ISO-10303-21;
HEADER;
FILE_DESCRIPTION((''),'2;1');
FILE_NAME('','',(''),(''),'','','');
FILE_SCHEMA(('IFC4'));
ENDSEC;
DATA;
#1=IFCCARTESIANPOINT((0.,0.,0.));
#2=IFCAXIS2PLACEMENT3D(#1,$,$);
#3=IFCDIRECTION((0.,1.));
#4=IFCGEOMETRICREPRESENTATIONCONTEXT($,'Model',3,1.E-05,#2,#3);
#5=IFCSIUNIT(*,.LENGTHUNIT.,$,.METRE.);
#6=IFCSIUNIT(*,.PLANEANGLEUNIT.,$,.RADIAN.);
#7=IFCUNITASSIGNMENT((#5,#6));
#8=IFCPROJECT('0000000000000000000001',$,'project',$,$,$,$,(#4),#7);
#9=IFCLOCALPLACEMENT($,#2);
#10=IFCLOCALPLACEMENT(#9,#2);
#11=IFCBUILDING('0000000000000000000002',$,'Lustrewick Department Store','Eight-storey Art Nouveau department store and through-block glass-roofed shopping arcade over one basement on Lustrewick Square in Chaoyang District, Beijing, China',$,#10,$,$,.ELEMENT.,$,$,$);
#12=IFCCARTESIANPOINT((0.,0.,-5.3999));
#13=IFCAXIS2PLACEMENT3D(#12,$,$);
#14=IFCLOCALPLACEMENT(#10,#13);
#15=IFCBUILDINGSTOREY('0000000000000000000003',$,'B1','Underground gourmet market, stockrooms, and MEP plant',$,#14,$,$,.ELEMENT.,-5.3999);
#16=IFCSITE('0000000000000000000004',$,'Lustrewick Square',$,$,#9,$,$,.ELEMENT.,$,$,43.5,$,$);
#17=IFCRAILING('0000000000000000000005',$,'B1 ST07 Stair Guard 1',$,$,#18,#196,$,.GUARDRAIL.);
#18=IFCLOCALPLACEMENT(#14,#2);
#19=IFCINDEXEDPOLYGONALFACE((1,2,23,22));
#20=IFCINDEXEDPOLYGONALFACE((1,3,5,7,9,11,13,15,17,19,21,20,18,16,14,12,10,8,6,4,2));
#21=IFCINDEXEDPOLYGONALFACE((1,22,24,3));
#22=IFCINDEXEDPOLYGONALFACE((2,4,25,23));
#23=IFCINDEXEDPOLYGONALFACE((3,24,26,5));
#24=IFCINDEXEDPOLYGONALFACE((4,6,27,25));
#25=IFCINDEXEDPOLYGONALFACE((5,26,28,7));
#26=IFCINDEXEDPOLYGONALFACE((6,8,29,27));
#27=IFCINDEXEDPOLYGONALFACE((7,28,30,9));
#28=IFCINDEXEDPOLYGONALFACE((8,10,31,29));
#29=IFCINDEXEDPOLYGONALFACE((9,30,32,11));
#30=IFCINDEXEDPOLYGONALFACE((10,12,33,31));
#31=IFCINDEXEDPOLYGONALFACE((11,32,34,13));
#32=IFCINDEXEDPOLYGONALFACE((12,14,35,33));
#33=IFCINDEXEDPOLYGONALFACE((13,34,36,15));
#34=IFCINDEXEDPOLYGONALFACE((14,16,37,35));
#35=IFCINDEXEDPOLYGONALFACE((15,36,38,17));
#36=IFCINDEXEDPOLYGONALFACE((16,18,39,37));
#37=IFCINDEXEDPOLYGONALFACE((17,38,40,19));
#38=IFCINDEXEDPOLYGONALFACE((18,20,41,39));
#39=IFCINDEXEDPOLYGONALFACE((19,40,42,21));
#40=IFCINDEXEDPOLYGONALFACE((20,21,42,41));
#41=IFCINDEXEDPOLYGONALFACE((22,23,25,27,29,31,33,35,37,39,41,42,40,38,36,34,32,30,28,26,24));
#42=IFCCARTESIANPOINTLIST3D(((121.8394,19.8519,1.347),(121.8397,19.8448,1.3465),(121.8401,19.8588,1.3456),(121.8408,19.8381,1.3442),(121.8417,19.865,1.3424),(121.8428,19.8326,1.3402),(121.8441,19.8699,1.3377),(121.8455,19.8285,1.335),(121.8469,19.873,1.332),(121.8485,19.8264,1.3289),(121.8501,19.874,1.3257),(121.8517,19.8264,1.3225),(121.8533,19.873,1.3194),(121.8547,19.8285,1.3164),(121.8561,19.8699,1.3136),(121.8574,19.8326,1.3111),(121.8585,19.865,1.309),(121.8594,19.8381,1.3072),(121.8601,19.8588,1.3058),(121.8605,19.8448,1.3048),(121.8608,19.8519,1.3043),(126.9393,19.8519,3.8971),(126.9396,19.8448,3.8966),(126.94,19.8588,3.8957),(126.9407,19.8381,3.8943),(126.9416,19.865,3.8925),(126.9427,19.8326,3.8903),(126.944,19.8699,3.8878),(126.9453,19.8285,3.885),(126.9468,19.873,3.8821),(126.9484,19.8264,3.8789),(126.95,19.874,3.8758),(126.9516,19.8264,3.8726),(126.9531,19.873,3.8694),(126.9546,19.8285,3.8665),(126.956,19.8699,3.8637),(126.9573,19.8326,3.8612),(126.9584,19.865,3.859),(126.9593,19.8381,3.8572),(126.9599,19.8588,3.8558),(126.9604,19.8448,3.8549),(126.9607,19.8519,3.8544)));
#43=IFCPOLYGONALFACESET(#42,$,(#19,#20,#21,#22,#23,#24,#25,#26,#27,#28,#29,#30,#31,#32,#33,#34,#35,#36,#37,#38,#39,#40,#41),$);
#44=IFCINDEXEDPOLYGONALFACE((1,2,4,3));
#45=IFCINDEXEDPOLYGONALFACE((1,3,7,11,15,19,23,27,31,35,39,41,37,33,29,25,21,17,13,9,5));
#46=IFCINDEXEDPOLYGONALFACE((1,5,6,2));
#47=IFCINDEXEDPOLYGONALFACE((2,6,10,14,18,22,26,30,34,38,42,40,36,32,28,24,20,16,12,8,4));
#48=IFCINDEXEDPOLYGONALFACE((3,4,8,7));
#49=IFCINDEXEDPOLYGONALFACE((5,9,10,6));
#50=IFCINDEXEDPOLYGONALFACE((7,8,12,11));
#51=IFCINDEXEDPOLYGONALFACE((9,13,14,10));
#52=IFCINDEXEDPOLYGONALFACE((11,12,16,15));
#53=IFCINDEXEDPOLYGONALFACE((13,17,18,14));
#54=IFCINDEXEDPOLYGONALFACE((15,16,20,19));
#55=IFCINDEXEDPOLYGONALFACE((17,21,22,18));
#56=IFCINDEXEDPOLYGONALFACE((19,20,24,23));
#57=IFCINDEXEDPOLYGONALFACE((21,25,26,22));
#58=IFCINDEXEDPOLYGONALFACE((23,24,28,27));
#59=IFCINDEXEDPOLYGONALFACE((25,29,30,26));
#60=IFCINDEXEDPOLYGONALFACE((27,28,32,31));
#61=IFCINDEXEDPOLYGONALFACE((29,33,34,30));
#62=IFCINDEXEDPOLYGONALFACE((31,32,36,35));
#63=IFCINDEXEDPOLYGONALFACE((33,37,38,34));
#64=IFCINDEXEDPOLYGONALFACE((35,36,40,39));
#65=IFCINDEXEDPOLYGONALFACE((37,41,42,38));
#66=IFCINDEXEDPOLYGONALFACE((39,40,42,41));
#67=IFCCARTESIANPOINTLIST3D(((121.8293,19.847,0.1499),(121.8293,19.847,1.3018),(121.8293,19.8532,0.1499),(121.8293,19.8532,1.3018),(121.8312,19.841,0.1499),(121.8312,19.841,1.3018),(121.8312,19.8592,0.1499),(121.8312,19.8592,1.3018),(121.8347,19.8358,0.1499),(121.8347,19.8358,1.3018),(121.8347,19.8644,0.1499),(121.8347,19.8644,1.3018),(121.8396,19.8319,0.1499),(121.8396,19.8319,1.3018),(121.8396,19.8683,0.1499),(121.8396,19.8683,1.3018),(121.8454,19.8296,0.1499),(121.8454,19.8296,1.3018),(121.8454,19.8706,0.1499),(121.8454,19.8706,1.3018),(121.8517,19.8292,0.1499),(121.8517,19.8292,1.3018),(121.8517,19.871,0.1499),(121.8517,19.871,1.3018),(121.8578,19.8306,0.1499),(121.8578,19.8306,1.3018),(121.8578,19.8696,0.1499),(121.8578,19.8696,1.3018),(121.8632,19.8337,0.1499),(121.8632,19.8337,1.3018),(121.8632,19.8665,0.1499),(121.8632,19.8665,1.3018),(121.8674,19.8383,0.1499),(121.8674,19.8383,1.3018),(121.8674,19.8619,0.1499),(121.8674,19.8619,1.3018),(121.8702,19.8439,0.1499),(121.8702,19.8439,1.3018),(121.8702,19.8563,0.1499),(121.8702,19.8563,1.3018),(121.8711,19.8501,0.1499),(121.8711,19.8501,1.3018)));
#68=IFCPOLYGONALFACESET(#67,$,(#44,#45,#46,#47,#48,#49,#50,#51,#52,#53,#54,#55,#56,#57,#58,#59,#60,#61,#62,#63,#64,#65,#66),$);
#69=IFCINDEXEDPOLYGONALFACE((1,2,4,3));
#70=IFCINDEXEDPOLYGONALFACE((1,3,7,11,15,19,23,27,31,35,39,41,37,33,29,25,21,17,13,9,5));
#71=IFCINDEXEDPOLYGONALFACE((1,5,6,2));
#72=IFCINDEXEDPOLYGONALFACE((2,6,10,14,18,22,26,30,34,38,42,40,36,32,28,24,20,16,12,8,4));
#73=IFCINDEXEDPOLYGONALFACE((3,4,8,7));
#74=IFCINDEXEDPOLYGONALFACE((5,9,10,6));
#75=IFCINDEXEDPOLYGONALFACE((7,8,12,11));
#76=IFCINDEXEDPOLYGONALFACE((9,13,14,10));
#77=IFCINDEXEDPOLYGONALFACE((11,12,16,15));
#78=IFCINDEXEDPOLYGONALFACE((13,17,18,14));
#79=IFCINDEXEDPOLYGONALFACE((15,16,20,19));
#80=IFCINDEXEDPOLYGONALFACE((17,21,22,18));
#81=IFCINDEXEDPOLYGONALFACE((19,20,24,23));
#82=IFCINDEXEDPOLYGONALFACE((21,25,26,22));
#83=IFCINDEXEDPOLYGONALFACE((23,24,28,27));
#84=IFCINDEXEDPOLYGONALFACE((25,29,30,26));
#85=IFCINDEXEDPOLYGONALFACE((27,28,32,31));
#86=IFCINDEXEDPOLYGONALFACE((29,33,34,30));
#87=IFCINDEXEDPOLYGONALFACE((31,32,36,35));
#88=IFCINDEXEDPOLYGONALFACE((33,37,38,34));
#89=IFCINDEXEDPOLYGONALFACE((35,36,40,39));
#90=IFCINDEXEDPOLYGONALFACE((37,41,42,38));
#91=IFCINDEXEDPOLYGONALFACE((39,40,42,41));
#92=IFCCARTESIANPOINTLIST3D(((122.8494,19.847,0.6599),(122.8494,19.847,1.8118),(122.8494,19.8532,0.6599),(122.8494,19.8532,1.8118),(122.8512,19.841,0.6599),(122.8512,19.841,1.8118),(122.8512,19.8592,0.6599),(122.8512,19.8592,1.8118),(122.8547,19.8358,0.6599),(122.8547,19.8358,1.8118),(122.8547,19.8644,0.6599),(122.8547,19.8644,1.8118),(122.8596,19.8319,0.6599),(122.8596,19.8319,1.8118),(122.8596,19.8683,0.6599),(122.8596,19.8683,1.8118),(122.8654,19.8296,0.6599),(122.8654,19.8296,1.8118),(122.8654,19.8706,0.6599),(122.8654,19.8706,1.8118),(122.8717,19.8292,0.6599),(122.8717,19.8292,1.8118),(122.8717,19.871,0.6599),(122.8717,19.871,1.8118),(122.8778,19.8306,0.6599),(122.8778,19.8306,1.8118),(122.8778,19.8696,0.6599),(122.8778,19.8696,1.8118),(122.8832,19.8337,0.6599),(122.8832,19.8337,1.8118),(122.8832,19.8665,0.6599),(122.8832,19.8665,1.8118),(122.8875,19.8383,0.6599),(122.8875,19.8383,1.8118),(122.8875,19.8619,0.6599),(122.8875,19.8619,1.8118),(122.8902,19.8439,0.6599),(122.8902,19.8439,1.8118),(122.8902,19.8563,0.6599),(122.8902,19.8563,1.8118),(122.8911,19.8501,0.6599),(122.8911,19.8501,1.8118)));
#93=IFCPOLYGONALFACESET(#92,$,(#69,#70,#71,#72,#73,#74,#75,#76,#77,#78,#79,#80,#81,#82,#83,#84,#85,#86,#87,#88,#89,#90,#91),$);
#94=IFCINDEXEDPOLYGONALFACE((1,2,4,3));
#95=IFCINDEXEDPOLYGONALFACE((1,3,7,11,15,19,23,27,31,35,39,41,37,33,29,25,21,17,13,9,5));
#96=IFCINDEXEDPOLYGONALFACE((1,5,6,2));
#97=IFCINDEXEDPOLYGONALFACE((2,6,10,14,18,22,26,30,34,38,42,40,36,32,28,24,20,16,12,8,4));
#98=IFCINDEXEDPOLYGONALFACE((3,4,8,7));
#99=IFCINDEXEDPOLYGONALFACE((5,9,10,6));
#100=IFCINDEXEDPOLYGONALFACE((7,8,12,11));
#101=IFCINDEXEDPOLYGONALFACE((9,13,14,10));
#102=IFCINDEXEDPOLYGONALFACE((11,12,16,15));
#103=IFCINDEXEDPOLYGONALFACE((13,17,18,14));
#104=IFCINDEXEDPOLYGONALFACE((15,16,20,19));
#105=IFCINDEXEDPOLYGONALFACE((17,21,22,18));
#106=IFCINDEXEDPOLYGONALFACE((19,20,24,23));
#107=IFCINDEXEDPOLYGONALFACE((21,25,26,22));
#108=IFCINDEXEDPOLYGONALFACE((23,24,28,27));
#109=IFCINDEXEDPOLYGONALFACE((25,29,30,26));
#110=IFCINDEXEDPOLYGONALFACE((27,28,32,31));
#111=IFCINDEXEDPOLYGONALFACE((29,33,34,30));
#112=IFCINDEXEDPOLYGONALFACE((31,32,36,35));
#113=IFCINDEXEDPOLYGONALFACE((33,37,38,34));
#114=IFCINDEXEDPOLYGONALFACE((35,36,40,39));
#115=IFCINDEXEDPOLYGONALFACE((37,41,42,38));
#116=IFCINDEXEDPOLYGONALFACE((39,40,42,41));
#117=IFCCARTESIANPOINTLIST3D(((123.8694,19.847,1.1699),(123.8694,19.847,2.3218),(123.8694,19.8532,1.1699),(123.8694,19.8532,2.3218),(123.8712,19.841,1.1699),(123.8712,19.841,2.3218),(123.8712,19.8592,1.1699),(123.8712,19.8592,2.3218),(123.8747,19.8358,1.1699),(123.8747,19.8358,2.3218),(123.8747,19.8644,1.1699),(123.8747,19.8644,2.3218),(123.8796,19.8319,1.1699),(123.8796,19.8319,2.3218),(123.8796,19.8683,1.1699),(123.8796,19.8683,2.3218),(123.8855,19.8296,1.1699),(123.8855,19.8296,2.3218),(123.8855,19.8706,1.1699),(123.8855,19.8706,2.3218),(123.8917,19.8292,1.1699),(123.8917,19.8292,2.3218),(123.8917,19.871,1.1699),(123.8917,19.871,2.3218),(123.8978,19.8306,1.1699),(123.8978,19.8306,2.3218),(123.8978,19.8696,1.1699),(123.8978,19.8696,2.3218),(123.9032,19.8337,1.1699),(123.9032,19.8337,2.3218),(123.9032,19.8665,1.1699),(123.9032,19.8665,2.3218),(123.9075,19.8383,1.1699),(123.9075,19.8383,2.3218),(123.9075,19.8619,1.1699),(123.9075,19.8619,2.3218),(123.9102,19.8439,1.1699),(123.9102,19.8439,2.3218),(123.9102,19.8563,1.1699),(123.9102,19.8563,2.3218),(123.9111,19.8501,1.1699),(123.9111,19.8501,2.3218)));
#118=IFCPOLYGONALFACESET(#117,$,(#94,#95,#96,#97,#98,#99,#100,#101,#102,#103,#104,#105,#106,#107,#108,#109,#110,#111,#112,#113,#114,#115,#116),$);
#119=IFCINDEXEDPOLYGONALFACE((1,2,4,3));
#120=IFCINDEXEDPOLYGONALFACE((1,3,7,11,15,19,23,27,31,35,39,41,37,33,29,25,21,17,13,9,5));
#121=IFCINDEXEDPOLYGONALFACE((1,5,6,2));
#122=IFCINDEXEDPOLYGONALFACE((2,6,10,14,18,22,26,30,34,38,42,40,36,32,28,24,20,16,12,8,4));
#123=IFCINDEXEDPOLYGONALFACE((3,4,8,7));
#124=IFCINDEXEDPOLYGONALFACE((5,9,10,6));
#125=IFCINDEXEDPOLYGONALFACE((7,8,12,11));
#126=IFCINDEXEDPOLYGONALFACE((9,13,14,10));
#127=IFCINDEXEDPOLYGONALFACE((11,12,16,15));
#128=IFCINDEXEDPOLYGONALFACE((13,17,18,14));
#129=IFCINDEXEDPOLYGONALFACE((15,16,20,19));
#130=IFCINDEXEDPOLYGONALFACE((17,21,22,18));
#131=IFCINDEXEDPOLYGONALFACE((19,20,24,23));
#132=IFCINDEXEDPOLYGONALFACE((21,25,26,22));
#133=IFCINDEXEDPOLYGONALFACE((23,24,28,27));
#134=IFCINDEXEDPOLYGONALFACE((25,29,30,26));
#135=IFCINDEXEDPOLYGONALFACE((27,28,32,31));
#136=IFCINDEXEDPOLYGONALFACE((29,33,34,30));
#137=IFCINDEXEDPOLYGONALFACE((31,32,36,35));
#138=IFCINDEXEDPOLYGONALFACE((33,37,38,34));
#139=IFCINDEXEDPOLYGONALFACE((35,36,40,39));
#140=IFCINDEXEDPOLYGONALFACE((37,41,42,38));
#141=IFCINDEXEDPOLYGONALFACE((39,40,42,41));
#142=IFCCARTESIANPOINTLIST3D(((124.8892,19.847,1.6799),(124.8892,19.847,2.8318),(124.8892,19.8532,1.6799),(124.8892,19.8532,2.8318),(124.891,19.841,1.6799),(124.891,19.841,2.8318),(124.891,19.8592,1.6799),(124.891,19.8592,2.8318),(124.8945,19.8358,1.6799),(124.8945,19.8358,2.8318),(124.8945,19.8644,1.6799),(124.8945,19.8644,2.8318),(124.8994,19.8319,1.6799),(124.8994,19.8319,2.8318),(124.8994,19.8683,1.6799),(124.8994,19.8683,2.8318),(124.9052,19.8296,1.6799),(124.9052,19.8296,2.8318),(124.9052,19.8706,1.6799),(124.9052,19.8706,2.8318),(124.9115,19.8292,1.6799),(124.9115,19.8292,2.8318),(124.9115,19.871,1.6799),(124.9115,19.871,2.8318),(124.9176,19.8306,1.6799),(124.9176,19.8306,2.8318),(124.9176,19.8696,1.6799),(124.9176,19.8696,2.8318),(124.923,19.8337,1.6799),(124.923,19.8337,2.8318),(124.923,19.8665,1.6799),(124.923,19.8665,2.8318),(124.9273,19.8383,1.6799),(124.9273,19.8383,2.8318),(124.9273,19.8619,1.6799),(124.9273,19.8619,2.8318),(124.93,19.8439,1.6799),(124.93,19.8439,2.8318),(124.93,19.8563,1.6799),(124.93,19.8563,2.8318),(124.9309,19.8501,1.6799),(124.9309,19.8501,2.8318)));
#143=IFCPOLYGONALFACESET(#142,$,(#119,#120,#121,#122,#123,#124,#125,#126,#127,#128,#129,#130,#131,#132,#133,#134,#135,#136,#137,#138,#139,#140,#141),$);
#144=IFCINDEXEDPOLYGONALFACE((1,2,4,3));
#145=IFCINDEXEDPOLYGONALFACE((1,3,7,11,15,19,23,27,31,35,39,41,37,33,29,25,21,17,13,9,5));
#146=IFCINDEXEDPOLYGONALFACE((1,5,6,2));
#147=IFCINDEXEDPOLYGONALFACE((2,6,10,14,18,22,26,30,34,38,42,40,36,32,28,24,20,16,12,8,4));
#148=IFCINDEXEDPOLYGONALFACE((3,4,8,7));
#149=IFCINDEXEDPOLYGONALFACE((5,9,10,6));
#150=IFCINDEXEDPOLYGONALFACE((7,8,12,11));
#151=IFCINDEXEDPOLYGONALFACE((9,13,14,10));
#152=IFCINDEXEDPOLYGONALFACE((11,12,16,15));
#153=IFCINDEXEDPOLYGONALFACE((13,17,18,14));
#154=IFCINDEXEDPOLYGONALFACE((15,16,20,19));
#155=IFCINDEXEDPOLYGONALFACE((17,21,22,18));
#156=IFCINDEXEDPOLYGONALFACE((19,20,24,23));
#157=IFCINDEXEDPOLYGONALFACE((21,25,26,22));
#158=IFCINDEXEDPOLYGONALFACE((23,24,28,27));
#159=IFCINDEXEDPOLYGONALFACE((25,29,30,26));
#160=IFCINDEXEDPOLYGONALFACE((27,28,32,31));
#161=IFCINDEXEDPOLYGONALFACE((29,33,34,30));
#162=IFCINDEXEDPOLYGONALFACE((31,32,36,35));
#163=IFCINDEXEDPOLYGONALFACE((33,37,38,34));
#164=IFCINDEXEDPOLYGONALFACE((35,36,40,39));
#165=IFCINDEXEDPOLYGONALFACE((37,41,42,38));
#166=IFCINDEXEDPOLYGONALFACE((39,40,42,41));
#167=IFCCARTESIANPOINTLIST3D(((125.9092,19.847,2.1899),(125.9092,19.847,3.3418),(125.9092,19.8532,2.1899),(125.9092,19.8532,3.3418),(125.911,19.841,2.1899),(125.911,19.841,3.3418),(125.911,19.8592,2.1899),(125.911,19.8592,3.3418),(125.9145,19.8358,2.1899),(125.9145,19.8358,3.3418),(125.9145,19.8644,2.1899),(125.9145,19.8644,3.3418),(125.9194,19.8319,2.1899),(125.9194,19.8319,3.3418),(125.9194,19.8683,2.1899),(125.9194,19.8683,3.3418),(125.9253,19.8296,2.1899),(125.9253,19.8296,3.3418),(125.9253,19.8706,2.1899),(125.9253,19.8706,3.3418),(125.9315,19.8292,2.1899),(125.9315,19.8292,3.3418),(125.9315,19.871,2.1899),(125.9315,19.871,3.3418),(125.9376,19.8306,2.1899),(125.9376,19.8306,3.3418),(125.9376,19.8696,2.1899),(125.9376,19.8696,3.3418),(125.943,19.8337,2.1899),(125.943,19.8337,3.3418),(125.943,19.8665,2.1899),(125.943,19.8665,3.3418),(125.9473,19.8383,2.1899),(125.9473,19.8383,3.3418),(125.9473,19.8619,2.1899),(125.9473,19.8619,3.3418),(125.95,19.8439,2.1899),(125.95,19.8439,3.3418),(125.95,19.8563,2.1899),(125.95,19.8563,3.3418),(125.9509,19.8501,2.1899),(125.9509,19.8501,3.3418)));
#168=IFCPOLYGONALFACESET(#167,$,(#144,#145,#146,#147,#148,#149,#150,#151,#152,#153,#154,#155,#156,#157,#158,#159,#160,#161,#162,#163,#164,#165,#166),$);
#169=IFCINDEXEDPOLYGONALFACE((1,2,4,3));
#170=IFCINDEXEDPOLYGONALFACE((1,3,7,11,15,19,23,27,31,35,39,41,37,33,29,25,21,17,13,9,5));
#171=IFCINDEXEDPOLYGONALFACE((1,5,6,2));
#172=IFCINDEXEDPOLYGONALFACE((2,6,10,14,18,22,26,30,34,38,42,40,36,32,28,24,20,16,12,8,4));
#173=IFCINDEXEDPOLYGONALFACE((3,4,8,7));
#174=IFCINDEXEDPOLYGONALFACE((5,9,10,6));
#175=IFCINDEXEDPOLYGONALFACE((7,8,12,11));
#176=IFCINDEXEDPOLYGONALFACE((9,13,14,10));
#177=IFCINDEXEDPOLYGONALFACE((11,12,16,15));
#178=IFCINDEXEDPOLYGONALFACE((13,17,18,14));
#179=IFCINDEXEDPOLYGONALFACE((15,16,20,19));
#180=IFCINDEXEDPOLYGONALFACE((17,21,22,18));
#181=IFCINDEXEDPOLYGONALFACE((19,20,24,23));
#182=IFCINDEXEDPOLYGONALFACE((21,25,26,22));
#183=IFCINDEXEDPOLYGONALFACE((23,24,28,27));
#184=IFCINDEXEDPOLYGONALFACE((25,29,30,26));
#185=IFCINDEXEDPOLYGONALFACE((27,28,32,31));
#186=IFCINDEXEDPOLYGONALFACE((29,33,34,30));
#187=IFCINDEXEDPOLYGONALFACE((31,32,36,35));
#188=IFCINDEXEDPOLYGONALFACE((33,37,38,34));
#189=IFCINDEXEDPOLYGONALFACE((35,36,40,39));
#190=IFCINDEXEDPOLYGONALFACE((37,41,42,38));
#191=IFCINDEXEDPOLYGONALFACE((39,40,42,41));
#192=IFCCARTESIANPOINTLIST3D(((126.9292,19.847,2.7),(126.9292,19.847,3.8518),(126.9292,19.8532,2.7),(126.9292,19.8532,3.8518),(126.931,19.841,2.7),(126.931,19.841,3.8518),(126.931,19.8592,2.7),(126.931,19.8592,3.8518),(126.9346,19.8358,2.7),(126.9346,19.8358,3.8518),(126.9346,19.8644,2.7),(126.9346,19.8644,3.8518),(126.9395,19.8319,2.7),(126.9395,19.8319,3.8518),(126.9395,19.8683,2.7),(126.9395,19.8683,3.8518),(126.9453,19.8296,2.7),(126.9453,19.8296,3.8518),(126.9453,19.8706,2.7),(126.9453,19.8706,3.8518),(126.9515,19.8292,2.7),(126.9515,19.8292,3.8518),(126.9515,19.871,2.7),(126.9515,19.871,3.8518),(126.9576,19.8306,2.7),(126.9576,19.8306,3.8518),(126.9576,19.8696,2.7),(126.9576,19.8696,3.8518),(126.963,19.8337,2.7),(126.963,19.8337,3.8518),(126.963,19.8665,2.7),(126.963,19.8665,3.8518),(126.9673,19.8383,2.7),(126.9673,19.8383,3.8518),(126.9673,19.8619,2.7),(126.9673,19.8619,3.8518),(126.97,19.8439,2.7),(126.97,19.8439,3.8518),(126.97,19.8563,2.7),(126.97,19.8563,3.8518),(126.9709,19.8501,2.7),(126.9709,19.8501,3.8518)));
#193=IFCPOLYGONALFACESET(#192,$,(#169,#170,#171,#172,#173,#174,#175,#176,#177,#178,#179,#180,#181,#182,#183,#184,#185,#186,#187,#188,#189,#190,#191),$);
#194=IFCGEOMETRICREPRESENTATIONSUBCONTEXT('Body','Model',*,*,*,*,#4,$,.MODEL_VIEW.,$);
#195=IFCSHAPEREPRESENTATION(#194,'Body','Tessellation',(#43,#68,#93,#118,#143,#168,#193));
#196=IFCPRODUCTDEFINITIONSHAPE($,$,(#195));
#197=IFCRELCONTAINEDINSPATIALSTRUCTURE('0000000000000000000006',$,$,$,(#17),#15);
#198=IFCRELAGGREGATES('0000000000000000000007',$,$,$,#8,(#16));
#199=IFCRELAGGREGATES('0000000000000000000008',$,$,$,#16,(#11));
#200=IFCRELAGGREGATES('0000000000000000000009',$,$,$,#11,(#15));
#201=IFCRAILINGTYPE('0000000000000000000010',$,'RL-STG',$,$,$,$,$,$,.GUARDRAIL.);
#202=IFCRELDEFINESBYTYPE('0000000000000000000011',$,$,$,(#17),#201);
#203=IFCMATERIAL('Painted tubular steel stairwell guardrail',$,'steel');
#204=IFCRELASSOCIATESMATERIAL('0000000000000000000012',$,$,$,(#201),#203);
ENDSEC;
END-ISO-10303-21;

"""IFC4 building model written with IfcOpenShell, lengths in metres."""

from ifc_helpers import new_model, si_unit, direction, frame, origin, origin_2d, place, context, subcontext, project, spatial, circle, extrude, material, type_object, element, save


model = new_model("IFC4")

# Units and contexts
model_context = context("Model", 3, precision=1e-05, world=origin(), true_north=direction((0.0, 1.0)))
body_context = subcontext(model_context, "Body", "Model", "MODEL_VIEW")
ifc_project = project(units=[si_unit("LENGTHUNIT", "METRE"), si_unit("PLANEANGLEUNIT", "RADIAN")], contexts=[model_context])

# Site, building, storey
site_placement = place(None, origin())
site = spatial("IfcSite", under=ifc_project, at=site_placement, Name="Lustrewick Square", CompositionType="ELEMENT", RefElevation=43.5)
building_placement = place(site_placement, origin())
building = spatial("IfcBuilding", under=site, at=building_placement, Name="Lustrewick Department Store", Description="Eight-storey Art Nouveau department store and through-block glass-roofed shopping arcade over one basement on Lustrewick Square in Chaoyang District, Beijing, China", CompositionType="ELEMENT")
storey_placement = place(building_placement, frame((0.0, 0.0, -5.3999)))
storey = spatial("IfcBuildingStorey", under=building, at=storey_placement, Name="B1", Description="Underground gourmet market, stockrooms, and MEP plant", CompositionType="ELEMENT", Elevation=-5.3999)

# Railing
ifc_material_1 = material(Name="Painted tubular steel stairwell guardrail", Category="steel")
railing_type_1 = type_object("IfcRailingType", Name="RL-STG", PredefinedType="GUARDRAIL", material=ifc_material_1)
railing_1_placement = place(storey_placement, frame((121.8501, 19.8501, 0.1499)))
element("IfcRailing", 1, at=railing_1_placement, inside=storey, type_object=railing_type_1, Name="B1 ST07 Stair Guard 1", PredefinedType="GUARDRAIL", context=body_context, shape_type="SweptSolid", body=[
    extrude(circle(Radius=0.0239, at=origin_2d()), frame((0.0, 0.0, 1.1758), z_axis=(0.894419, 0.0, 0.447231), x_axis=(0.0, 1.0, 0.0)), (0.0, 0.0, 1.0), 5.7019),
    extrude(circle(Radius=0.021, at=origin_2d()), origin(), (0.0, 0.0, 1.0), 1.1519),
    extrude(circle(Radius=0.021, at=origin_2d()), frame((1.02, 0.0, 0.51)), (0.0, 0.0, 1.0), 1.1519),
    extrude(circle(Radius=0.021, at=origin_2d()), frame((2.04, 0.0, 1.02)), (0.0, 0.0, 1.0), 1.1519),
    extrude(circle(Radius=0.021, at=origin_2d()), frame((3.0598, 0.0, 1.53)), (0.0, 0.0, 1.0), 1.1519),
    extrude(circle(Radius=0.021, at=origin_2d()), frame((4.0798, 0.0, 2.04)), (0.0, 0.0, 1.0), 1.1519),
    extrude(circle(Radius=0.021, at=origin_2d()), frame((5.0999, 0.0, 2.55)), (0.0, 0.0, 1.0), 1.1519),
])

save(model, "model.ifc")
